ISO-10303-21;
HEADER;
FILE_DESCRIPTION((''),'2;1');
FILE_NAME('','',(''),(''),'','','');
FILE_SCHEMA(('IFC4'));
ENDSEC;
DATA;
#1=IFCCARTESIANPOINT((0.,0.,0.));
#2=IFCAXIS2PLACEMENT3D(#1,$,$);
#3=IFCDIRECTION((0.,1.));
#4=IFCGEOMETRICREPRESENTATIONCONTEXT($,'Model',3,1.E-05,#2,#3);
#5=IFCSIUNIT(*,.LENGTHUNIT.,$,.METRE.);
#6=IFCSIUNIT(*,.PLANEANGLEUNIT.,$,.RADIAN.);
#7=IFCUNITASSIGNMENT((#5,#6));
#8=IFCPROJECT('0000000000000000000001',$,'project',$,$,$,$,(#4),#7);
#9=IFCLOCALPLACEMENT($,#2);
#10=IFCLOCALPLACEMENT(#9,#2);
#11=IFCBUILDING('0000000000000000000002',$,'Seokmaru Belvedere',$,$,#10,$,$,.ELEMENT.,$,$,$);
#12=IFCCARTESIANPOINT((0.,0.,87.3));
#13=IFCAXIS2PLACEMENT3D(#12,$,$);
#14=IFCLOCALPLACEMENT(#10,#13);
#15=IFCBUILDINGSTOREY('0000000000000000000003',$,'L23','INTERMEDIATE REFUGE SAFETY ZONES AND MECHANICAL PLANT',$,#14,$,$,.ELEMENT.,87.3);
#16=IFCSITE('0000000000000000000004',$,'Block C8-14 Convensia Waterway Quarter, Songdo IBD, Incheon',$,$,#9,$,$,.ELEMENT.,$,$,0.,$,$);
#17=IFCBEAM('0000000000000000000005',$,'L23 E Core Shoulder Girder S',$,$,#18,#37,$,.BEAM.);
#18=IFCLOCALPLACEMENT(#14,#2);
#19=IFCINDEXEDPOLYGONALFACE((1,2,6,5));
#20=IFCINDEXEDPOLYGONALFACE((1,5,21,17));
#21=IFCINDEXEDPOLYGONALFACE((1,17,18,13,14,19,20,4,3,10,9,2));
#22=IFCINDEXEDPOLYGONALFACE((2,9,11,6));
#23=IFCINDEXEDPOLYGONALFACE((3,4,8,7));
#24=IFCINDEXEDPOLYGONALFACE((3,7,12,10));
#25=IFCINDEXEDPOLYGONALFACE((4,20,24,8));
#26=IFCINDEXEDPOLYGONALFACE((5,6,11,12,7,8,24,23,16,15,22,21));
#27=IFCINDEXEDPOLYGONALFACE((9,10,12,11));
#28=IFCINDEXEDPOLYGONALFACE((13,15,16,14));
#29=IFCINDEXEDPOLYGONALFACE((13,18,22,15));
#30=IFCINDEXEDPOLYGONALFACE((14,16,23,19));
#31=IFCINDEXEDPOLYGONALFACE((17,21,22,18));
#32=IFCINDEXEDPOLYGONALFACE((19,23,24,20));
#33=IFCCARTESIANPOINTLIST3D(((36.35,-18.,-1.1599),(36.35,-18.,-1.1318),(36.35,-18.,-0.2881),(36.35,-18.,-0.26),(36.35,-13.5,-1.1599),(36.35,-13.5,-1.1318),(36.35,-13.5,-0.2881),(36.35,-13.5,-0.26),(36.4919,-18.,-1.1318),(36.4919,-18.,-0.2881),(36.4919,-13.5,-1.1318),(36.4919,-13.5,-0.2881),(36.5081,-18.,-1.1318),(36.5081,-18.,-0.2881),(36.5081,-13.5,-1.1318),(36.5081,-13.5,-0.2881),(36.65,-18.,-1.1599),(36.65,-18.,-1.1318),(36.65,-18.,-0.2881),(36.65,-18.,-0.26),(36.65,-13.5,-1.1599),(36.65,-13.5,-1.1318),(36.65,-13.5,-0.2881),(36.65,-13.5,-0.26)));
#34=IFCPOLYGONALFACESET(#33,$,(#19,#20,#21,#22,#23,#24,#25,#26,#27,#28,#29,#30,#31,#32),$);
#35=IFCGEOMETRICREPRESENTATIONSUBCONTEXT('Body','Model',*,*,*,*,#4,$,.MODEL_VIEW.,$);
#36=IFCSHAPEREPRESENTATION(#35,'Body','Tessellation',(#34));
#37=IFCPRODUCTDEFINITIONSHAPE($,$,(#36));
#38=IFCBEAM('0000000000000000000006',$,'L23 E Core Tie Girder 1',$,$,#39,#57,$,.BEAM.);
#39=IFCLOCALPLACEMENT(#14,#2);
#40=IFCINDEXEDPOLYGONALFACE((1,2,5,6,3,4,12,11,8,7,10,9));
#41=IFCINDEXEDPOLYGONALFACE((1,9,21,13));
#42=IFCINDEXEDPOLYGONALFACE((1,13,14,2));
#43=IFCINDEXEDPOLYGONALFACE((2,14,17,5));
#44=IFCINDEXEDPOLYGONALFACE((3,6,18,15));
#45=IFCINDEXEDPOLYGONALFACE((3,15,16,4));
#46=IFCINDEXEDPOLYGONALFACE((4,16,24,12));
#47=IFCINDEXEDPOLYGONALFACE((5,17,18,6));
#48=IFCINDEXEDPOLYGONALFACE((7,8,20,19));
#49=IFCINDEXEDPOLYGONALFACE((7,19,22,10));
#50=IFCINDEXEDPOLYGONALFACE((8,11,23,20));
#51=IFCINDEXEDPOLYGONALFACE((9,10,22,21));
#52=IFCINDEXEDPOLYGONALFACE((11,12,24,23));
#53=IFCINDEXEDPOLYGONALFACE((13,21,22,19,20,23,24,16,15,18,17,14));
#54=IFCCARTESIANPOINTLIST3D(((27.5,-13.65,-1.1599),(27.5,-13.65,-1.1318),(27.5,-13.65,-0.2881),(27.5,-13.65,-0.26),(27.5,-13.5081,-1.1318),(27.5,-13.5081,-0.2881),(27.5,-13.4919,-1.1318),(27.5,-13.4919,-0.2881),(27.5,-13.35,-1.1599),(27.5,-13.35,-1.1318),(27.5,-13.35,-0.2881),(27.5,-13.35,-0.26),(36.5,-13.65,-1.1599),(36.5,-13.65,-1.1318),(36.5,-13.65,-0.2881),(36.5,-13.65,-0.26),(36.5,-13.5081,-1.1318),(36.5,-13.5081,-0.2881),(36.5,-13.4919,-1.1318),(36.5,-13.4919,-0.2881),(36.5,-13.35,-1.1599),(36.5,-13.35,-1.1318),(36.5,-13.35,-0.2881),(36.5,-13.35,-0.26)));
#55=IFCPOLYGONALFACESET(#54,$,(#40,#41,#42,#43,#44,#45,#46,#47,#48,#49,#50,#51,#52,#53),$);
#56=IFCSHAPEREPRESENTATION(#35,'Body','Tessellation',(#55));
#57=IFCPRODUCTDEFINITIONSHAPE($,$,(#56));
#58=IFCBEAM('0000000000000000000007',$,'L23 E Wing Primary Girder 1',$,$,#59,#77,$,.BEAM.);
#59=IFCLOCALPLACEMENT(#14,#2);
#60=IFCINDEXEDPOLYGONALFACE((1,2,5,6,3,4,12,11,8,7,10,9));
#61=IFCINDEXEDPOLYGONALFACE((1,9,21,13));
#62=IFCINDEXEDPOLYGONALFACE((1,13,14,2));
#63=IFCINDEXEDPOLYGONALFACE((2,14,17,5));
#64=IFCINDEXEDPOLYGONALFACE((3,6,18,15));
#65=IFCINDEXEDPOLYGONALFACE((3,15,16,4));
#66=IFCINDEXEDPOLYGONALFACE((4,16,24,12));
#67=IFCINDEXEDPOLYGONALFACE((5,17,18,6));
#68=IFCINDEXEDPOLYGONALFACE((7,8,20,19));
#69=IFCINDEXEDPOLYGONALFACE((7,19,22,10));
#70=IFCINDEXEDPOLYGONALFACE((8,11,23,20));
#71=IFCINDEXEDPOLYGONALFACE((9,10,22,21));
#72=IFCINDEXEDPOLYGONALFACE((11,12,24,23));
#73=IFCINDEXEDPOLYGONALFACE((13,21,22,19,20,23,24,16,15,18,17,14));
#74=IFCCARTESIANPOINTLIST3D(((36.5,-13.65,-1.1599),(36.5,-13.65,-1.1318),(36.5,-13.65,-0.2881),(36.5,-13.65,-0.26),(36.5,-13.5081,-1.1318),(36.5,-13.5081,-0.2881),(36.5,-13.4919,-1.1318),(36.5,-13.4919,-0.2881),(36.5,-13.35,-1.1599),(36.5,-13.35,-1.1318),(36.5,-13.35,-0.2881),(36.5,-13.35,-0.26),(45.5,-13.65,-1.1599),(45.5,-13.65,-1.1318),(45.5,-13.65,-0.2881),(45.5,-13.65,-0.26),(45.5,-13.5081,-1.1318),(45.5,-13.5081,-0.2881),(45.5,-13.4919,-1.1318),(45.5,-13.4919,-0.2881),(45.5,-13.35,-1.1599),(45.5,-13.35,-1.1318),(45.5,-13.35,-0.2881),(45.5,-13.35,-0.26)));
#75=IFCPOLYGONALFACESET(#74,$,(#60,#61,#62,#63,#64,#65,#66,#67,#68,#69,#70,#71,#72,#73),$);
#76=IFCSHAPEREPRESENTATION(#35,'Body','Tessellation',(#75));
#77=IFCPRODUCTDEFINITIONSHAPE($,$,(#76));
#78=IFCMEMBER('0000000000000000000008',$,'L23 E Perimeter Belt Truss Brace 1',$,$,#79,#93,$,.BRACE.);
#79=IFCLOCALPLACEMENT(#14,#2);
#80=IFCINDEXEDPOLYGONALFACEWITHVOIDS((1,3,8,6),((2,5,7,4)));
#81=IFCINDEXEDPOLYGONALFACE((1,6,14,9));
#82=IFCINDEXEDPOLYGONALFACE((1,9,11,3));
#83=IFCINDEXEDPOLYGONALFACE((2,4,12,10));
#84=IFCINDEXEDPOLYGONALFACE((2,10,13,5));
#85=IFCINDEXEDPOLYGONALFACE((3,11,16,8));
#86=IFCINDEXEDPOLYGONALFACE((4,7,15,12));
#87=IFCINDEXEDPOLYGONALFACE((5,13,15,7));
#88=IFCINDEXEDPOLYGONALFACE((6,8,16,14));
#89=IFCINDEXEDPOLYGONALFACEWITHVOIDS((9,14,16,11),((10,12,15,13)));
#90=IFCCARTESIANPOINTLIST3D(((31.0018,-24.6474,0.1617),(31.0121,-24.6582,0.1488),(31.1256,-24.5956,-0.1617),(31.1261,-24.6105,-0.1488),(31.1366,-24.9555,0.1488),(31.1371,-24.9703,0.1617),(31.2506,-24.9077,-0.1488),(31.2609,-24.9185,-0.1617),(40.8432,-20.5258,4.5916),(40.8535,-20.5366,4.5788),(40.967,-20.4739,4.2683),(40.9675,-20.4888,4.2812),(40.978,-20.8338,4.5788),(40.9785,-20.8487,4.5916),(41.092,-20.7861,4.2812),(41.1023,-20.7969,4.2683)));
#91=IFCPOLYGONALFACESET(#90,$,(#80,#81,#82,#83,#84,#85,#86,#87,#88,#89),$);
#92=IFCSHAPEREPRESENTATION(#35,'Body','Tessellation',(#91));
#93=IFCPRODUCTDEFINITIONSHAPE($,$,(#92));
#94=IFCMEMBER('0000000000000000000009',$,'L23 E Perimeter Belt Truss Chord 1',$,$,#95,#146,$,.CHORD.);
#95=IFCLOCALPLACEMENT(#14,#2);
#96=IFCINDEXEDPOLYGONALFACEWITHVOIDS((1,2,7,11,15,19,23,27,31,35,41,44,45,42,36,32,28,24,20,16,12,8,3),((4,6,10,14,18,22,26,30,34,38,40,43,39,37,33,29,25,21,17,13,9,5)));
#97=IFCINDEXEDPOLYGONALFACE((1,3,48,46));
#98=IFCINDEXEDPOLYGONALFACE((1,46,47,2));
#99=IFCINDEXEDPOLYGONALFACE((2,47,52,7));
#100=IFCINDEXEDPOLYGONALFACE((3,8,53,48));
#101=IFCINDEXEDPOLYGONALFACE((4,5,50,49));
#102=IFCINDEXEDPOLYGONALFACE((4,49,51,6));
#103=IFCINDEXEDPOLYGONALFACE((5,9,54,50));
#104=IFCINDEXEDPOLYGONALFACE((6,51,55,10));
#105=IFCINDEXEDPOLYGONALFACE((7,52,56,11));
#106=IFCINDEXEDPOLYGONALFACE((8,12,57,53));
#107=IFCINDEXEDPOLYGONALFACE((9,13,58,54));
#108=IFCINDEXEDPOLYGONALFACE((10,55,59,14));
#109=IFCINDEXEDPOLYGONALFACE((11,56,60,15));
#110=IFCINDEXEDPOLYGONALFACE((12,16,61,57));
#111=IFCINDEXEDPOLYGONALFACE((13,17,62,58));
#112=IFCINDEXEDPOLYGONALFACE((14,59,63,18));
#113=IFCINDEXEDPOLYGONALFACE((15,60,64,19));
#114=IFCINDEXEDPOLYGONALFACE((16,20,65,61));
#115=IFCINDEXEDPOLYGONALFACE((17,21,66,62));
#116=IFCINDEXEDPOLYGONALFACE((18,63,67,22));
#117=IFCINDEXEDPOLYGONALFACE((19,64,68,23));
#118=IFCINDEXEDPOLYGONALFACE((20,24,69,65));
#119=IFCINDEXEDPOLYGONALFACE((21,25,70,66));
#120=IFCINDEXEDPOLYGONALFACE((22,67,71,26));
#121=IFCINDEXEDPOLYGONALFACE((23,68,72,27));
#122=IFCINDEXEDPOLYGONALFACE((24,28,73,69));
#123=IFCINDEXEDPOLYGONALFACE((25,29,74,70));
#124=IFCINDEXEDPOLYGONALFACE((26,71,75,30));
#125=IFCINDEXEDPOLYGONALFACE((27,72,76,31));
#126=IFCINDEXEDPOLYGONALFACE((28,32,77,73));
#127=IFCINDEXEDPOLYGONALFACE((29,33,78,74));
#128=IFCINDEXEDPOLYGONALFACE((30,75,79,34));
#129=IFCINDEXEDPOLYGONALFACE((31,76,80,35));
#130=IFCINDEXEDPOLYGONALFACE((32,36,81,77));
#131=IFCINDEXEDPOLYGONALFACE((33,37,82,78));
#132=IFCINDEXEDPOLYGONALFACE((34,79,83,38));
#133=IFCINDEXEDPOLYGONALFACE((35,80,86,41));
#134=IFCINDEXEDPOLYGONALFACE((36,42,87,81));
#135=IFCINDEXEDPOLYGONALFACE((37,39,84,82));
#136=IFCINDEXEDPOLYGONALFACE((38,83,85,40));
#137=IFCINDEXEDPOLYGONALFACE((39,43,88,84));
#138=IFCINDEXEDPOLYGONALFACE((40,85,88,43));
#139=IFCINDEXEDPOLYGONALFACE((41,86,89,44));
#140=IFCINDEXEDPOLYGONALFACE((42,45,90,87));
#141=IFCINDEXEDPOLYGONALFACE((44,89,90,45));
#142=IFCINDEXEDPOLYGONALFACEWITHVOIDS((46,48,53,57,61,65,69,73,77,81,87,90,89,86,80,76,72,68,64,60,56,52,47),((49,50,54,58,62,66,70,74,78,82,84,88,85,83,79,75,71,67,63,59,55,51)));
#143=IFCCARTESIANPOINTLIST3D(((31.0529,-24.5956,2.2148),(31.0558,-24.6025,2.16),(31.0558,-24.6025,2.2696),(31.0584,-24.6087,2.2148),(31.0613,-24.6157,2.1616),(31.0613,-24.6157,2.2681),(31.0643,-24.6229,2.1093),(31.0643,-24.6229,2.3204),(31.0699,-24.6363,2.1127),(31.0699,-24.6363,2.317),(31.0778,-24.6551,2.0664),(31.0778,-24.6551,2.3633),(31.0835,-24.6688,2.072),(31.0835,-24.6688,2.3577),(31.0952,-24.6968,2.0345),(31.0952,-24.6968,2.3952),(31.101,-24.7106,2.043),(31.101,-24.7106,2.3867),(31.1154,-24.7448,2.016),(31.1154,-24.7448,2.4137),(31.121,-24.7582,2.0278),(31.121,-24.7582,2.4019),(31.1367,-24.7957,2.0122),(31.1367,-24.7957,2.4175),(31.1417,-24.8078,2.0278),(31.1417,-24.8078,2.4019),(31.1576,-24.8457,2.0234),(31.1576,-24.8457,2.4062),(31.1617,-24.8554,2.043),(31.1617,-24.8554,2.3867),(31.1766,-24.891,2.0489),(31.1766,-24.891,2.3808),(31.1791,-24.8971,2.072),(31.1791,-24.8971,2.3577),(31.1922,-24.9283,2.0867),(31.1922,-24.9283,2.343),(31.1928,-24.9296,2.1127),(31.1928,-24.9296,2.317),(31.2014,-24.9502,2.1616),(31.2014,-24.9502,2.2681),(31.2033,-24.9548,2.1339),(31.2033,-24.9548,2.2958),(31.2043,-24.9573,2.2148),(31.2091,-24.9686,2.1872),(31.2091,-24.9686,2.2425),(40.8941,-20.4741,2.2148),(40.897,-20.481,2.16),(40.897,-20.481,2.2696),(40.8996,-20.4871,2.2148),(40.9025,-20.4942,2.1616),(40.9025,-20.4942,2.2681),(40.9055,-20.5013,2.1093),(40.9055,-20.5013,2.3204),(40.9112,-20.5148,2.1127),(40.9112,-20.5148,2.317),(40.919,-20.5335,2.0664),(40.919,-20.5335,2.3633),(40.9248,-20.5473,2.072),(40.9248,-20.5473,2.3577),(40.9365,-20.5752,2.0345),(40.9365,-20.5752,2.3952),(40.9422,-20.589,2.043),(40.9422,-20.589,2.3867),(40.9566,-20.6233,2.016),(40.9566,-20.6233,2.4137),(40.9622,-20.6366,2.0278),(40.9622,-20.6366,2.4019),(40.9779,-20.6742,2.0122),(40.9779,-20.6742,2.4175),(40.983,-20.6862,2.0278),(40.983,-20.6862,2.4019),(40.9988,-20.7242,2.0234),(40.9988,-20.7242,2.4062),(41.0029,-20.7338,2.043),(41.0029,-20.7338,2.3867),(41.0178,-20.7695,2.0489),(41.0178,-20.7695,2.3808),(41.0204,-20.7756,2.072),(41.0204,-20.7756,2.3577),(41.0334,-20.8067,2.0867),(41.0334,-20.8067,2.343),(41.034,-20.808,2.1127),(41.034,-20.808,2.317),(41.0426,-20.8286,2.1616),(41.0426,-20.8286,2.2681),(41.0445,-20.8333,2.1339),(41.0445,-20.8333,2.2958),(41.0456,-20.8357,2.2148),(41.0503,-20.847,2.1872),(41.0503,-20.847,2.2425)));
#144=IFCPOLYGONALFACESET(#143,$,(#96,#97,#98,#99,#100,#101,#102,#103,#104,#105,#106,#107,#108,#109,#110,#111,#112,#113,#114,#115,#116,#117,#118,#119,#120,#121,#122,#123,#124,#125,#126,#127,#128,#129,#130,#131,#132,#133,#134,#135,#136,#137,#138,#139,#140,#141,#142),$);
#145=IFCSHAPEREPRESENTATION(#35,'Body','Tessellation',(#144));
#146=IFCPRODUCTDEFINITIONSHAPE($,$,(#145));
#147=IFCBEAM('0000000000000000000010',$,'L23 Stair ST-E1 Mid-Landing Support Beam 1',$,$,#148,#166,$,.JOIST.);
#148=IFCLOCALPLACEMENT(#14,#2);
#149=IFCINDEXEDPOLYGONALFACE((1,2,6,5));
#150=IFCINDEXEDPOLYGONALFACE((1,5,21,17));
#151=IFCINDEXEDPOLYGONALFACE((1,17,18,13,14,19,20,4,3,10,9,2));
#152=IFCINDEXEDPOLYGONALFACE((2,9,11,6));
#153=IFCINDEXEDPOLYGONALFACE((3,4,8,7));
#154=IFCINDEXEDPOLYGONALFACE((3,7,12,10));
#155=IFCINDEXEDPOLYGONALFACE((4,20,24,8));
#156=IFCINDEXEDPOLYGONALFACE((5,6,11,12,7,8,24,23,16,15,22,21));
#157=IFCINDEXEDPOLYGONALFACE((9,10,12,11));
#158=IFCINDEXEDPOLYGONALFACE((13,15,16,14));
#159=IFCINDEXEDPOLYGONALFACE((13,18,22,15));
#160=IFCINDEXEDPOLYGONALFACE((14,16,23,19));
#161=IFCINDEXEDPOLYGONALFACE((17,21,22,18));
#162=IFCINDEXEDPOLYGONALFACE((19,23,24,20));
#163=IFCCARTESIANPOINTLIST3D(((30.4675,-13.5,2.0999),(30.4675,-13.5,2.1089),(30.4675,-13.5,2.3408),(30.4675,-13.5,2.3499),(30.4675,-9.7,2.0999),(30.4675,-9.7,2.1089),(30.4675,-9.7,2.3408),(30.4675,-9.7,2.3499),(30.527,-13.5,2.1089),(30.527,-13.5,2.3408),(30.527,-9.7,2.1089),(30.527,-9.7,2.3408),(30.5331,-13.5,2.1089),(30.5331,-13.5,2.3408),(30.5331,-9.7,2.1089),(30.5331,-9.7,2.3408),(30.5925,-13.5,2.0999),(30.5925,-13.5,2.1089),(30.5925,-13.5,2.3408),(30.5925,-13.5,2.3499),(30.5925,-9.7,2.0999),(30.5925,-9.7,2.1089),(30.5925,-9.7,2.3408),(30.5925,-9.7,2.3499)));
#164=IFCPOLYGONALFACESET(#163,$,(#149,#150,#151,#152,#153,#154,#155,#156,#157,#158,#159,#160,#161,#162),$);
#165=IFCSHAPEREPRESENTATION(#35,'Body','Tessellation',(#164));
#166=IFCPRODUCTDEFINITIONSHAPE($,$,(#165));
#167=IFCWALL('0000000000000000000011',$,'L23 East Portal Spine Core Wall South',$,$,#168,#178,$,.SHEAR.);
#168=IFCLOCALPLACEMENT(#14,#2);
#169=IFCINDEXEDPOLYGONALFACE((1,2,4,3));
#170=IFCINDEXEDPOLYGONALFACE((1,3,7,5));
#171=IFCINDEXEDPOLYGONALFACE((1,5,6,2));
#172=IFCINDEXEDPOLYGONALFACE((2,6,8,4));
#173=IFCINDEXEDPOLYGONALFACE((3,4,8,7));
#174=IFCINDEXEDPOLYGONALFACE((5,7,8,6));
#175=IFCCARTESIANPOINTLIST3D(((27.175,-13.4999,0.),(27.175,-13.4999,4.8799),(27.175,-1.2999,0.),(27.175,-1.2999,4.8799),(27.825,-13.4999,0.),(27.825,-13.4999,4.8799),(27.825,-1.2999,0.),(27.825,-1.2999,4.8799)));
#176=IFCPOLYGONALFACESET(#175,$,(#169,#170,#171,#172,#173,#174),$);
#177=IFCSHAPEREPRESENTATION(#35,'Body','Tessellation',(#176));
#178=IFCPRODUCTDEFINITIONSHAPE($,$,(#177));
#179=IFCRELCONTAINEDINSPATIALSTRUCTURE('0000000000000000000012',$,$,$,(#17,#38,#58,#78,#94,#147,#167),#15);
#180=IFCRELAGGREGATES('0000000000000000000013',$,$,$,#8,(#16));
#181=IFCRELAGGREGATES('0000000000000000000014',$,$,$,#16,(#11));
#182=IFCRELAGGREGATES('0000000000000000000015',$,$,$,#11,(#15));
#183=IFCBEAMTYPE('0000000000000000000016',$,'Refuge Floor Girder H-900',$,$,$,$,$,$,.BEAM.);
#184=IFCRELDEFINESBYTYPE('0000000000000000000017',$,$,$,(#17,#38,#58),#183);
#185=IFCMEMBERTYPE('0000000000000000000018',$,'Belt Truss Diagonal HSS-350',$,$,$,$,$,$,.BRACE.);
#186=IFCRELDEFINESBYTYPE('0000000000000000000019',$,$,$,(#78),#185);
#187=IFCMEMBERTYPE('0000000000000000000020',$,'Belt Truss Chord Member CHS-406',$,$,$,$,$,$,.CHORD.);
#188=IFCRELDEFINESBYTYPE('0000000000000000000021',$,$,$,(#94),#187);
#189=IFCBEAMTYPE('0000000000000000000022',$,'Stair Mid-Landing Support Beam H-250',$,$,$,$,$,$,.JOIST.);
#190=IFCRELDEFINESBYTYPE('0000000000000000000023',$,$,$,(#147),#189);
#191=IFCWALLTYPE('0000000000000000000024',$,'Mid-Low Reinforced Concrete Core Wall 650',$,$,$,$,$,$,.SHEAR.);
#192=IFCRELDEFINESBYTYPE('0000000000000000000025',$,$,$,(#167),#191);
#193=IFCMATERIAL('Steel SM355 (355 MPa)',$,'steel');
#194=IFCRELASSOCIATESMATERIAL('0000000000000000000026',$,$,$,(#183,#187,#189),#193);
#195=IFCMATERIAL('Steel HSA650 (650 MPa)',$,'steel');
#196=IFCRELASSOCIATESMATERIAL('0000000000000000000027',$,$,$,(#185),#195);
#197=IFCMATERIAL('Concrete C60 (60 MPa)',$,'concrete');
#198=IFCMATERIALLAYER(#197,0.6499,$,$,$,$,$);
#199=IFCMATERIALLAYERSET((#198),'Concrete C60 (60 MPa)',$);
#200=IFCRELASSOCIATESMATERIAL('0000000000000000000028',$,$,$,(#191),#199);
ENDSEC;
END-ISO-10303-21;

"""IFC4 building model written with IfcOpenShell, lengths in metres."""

from ifc_helpers import new_model, si_unit, direction, frame, frame_2d, origin, origin_2d, place, context, subcontext, project, spatial, rectangle, hollow_rectangle, hollow_circle, i_section, extrude, source, transform, mapped, material, layer, layer_set, material_profile, profile_set, type_object, type_shapes, element, save


model = new_model("IFC4")

# Units and contexts
model_context = context("Model", 3, precision=1e-05, world=origin(), true_north=direction((0.0, 1.0)))
body_context = subcontext(model_context, "Body", "Model", "MODEL_VIEW")
ifc_project = project(units=[si_unit("LENGTHUNIT", "METRE"), si_unit("PLANEANGLEUNIT", "RADIAN")], contexts=[model_context])

# Site, building, storey
site_placement = place(None, origin())
site = spatial("IfcSite", under=ifc_project, at=site_placement, Name="Block C8-14 Convensia Waterway Quarter, Songdo IBD, Incheon", CompositionType="ELEMENT", RefElevation=0.0)
building_placement = place(site_placement, origin())
building = spatial("IfcBuilding", under=site, at=building_placement, Name="Seokmaru Belvedere", CompositionType="ELEMENT")
storey_placement = place(building_placement, frame((0.0, 0.0, 87.3)))
storey = spatial("IfcBuildingStorey", under=building, at=storey_placement, Name="L23", Description="INTERMEDIATE REFUGE SAFETY ZONES AND MECHANICAL PLANT", CompositionType="ELEMENT", Elevation=87.3)

# Shared definitions
ifc_material_1 = material(Name="Steel HSA650 (650 MPa)", Category="steel")
ifc_material_2 = material(Name="Steel SM355 (355 MPa)", Category="steel")

# Beams
ifc_material_profile_1 = material_profile(ifc_material_2, i_section(OverallWidth=0.3, OverallDepth=0.8999, WebThickness=0.0161, FlangeThickness=0.0281, at=origin_2d()), Name="H-900x300x16x28")
ifc_profile_set_1 = profile_set([ifc_material_profile_1], Name="Steel SM355 (355 MPa)")
beam_type_1 = type_object("IfcBeamType", Name="Refuge Floor Girder H-900", PredefinedType="BEAM", material=ifc_profile_set_1)
shared_shape_1 = source(origin(), body_context, "Body", "SweptSolid", [
    extrude(i_section(OverallWidth=0.3, OverallDepth=0.8999, WebThickness=0.0161, FlangeThickness=0.0281, at=origin_2d()), origin(), (0.0, 0.0, 1.0), 4.5),
])
beam_1_placement = place(storey_placement, frame((36.5, -18.0, -0.71), z_axis=(0.0, 1.0, 0.0), x_axis=(-1.0, 0.0, 0.0)))
element("IfcBeam", 1, at=beam_1_placement, inside=storey, type_object=beam_type_1, Name="L23 E Core Shoulder Girder S", PredefinedType="BEAM", context=body_context, shape_type="MappedRepresentation", body=[
    mapped(shared_shape_1, transform((0.0, 0.0, 0.0), scale=1.0)),
])
shared_shape_2 = source(origin(), body_context, "Body", "SweptSolid", [
    extrude(i_section(OverallWidth=0.3, OverallDepth=0.8999, WebThickness=0.0161, FlangeThickness=0.0281, at=origin_2d()), origin(), (0.0, 0.0, 1.0), 9.0),
])
type_shapes(beam_type_1, [shared_shape_1, shared_shape_2])
for number, where, z_axis, x_axis, name in (
    (2, (27.5, -13.5, -0.71), (1.0, 0.0, 0.0), (0.0, 1.0, 0.0), "L23 E Core Tie Girder 1"),
    (3, (36.5, -13.5, -0.71), (1.0, 0.0, 0.0), (0.0, 1.0, 0.0), "L23 E Wing Primary Girder 1"),
):
    element("IfcBeam", number, at=place(storey_placement, frame(where, z_axis=z_axis, x_axis=x_axis)), inside=storey, type_object=beam_type_1, Name=name, PredefinedType="BEAM", context=body_context, shape_type="MappedRepresentation", body=[
        mapped(shared_shape_2, transform((0.0, 0.0, 0.0), scale=1.0)),
    ])

# Members
ifc_material_profile_2 = material_profile(ifc_material_1, hollow_rectangle(XDim=0.3501, YDim=0.3501, WallThickness=0.0139, at=origin_2d()), Name="HSS-350x350x14")
ifc_profile_set_2 = profile_set([ifc_material_profile_2], Name="Steel HSA650 (650 MPa)")
member_type_1 = type_object("IfcMemberType", Name="Belt Truss Diagonal HSS-350", PredefinedType="BRACE", material=ifc_profile_set_2)
shared_shape_3 = source(origin(), body_context, "Body", "SweptSolid", [
    extrude(hollow_rectangle(XDim=0.3501, YDim=0.3501, WallThickness=0.0139, at=origin_2d()), origin(), (0.0, 0.0, 1.0), 11.5527),
])
type_shapes(member_type_1, [shared_shape_3])
member_1_placement = place(storey_placement, frame((31.1313, -24.783, 0.0), z_axis=(0.851868, 0.356766, 0.383457), x_axis=(-0.386295, 0.922375, 0.0)))
element("IfcMember", 4, at=member_1_placement, inside=storey, type_object=member_type_1, Name="L23 E Perimeter Belt Truss Brace 1", PredefinedType="BRACE", context=body_context, shape_type="MappedRepresentation", body=[
    mapped(shared_shape_3, transform((0.0, 0.0, 0.0), scale=1.0)),
])
ifc_material_profile_3 = material_profile(ifc_material_2, hollow_circle(Radius=0.2031, WallThickness=0.0142, at=origin_2d()), Name="CHS-406.4x14.2")
ifc_profile_set_3 = profile_set([ifc_material_profile_3], Name="Steel SM355 (355 MPa)")
member_type_2 = type_object("IfcMemberType", Name="Belt Truss Chord Member CHS-406", PredefinedType="CHORD", material=ifc_profile_set_3)
shared_shape_4 = source(origin(), body_context, "Body", "SweptSolid", [
    extrude(hollow_circle(Radius=0.2031, WallThickness=0.0142, at=origin_2d()), origin(), (0.0, 0.0, 1.0), 10.6694),
])
type_shapes(member_type_2, [shared_shape_4])
member_2_placement = place(storey_placement, frame((31.1313, -24.783, 2.2148), z_axis=(0.922375, 0.386295, 0.0), x_axis=(-0.386295, 0.922375, 0.0)))
element("IfcMember", 5, at=member_2_placement, inside=storey, type_object=member_type_2, Name="L23 E Perimeter Belt Truss Chord 1", PredefinedType="CHORD", context=body_context, shape_type="MappedRepresentation", body=[
    mapped(shared_shape_4, transform((0.0, 0.0, 0.0), scale=1.0)),
])

# Beam
ifc_material_profile_4 = material_profile(ifc_material_2, i_section(OverallWidth=0.125, OverallDepth=0.25, WebThickness=0.0061, FlangeThickness=0.009, at=origin_2d()), Name="H-250x125x6x9")
ifc_profile_set_4 = profile_set([ifc_material_profile_4], Name="Steel SM355 (355 MPa)")
beam_type_2 = type_object("IfcBeamType", Name="Stair Mid-Landing Support Beam H-250", PredefinedType="JOIST", material=ifc_profile_set_4)
shared_shape_5 = source(origin(), body_context, "Body", "SweptSolid", [
    extrude(i_section(OverallWidth=0.125, OverallDepth=0.25, WebThickness=0.0061, FlangeThickness=0.009, at=origin_2d()), origin(), (0.0, 0.0, 1.0), 3.8),
])
type_shapes(beam_type_2, [shared_shape_5])
beam_2_placement = place(storey_placement, frame((30.53, -13.5, 2.2249), z_axis=(0.0, 1.0, 0.0), x_axis=(-1.0, 0.0, 0.0)))
element("IfcBeam", 6, at=beam_2_placement, inside=storey, type_object=beam_type_2, Name="L23 Stair ST-E1 Mid-Landing Support Beam 1", PredefinedType="JOIST", context=body_context, shape_type="MappedRepresentation", body=[
    mapped(shared_shape_5, transform((0.0, 0.0, 0.0), scale=1.0)),
])

# Wall
ifc_material_3 = material(Name="Concrete C60 (60 MPa)", Category="concrete")
ifc_layer_1 = layer(ifc_material_3, 0.6499)
ifc_layer_set_1 = layer_set([ifc_layer_1], Name="Concrete C60 (60 MPa)")
wall_type_1 = type_object("IfcWallType", Name="Mid-Low Reinforced Concrete Core Wall 650", PredefinedType="SHEAR", material=ifc_layer_set_1)
wall_1_placement = place(storey_placement, frame((27.5, -13.5, 0.0), z_axis=(0.0, 0.0, 1.0), x_axis=(0.0, 1.0, 0.0)))
element("IfcWall", 7, at=wall_1_placement, inside=storey, type_object=wall_type_1, Name="L23 East Portal Spine Core Wall South", PredefinedType="SHEAR", context=body_context, shape_type="SweptSolid", body=[
    extrude(rectangle(XDim=12.2, YDim=0.6499, at=frame_2d((6.1001, 0.0))), origin(), (0.0, 0.0, 1.0), 4.8799),
])

save(model, "model.ifc")
